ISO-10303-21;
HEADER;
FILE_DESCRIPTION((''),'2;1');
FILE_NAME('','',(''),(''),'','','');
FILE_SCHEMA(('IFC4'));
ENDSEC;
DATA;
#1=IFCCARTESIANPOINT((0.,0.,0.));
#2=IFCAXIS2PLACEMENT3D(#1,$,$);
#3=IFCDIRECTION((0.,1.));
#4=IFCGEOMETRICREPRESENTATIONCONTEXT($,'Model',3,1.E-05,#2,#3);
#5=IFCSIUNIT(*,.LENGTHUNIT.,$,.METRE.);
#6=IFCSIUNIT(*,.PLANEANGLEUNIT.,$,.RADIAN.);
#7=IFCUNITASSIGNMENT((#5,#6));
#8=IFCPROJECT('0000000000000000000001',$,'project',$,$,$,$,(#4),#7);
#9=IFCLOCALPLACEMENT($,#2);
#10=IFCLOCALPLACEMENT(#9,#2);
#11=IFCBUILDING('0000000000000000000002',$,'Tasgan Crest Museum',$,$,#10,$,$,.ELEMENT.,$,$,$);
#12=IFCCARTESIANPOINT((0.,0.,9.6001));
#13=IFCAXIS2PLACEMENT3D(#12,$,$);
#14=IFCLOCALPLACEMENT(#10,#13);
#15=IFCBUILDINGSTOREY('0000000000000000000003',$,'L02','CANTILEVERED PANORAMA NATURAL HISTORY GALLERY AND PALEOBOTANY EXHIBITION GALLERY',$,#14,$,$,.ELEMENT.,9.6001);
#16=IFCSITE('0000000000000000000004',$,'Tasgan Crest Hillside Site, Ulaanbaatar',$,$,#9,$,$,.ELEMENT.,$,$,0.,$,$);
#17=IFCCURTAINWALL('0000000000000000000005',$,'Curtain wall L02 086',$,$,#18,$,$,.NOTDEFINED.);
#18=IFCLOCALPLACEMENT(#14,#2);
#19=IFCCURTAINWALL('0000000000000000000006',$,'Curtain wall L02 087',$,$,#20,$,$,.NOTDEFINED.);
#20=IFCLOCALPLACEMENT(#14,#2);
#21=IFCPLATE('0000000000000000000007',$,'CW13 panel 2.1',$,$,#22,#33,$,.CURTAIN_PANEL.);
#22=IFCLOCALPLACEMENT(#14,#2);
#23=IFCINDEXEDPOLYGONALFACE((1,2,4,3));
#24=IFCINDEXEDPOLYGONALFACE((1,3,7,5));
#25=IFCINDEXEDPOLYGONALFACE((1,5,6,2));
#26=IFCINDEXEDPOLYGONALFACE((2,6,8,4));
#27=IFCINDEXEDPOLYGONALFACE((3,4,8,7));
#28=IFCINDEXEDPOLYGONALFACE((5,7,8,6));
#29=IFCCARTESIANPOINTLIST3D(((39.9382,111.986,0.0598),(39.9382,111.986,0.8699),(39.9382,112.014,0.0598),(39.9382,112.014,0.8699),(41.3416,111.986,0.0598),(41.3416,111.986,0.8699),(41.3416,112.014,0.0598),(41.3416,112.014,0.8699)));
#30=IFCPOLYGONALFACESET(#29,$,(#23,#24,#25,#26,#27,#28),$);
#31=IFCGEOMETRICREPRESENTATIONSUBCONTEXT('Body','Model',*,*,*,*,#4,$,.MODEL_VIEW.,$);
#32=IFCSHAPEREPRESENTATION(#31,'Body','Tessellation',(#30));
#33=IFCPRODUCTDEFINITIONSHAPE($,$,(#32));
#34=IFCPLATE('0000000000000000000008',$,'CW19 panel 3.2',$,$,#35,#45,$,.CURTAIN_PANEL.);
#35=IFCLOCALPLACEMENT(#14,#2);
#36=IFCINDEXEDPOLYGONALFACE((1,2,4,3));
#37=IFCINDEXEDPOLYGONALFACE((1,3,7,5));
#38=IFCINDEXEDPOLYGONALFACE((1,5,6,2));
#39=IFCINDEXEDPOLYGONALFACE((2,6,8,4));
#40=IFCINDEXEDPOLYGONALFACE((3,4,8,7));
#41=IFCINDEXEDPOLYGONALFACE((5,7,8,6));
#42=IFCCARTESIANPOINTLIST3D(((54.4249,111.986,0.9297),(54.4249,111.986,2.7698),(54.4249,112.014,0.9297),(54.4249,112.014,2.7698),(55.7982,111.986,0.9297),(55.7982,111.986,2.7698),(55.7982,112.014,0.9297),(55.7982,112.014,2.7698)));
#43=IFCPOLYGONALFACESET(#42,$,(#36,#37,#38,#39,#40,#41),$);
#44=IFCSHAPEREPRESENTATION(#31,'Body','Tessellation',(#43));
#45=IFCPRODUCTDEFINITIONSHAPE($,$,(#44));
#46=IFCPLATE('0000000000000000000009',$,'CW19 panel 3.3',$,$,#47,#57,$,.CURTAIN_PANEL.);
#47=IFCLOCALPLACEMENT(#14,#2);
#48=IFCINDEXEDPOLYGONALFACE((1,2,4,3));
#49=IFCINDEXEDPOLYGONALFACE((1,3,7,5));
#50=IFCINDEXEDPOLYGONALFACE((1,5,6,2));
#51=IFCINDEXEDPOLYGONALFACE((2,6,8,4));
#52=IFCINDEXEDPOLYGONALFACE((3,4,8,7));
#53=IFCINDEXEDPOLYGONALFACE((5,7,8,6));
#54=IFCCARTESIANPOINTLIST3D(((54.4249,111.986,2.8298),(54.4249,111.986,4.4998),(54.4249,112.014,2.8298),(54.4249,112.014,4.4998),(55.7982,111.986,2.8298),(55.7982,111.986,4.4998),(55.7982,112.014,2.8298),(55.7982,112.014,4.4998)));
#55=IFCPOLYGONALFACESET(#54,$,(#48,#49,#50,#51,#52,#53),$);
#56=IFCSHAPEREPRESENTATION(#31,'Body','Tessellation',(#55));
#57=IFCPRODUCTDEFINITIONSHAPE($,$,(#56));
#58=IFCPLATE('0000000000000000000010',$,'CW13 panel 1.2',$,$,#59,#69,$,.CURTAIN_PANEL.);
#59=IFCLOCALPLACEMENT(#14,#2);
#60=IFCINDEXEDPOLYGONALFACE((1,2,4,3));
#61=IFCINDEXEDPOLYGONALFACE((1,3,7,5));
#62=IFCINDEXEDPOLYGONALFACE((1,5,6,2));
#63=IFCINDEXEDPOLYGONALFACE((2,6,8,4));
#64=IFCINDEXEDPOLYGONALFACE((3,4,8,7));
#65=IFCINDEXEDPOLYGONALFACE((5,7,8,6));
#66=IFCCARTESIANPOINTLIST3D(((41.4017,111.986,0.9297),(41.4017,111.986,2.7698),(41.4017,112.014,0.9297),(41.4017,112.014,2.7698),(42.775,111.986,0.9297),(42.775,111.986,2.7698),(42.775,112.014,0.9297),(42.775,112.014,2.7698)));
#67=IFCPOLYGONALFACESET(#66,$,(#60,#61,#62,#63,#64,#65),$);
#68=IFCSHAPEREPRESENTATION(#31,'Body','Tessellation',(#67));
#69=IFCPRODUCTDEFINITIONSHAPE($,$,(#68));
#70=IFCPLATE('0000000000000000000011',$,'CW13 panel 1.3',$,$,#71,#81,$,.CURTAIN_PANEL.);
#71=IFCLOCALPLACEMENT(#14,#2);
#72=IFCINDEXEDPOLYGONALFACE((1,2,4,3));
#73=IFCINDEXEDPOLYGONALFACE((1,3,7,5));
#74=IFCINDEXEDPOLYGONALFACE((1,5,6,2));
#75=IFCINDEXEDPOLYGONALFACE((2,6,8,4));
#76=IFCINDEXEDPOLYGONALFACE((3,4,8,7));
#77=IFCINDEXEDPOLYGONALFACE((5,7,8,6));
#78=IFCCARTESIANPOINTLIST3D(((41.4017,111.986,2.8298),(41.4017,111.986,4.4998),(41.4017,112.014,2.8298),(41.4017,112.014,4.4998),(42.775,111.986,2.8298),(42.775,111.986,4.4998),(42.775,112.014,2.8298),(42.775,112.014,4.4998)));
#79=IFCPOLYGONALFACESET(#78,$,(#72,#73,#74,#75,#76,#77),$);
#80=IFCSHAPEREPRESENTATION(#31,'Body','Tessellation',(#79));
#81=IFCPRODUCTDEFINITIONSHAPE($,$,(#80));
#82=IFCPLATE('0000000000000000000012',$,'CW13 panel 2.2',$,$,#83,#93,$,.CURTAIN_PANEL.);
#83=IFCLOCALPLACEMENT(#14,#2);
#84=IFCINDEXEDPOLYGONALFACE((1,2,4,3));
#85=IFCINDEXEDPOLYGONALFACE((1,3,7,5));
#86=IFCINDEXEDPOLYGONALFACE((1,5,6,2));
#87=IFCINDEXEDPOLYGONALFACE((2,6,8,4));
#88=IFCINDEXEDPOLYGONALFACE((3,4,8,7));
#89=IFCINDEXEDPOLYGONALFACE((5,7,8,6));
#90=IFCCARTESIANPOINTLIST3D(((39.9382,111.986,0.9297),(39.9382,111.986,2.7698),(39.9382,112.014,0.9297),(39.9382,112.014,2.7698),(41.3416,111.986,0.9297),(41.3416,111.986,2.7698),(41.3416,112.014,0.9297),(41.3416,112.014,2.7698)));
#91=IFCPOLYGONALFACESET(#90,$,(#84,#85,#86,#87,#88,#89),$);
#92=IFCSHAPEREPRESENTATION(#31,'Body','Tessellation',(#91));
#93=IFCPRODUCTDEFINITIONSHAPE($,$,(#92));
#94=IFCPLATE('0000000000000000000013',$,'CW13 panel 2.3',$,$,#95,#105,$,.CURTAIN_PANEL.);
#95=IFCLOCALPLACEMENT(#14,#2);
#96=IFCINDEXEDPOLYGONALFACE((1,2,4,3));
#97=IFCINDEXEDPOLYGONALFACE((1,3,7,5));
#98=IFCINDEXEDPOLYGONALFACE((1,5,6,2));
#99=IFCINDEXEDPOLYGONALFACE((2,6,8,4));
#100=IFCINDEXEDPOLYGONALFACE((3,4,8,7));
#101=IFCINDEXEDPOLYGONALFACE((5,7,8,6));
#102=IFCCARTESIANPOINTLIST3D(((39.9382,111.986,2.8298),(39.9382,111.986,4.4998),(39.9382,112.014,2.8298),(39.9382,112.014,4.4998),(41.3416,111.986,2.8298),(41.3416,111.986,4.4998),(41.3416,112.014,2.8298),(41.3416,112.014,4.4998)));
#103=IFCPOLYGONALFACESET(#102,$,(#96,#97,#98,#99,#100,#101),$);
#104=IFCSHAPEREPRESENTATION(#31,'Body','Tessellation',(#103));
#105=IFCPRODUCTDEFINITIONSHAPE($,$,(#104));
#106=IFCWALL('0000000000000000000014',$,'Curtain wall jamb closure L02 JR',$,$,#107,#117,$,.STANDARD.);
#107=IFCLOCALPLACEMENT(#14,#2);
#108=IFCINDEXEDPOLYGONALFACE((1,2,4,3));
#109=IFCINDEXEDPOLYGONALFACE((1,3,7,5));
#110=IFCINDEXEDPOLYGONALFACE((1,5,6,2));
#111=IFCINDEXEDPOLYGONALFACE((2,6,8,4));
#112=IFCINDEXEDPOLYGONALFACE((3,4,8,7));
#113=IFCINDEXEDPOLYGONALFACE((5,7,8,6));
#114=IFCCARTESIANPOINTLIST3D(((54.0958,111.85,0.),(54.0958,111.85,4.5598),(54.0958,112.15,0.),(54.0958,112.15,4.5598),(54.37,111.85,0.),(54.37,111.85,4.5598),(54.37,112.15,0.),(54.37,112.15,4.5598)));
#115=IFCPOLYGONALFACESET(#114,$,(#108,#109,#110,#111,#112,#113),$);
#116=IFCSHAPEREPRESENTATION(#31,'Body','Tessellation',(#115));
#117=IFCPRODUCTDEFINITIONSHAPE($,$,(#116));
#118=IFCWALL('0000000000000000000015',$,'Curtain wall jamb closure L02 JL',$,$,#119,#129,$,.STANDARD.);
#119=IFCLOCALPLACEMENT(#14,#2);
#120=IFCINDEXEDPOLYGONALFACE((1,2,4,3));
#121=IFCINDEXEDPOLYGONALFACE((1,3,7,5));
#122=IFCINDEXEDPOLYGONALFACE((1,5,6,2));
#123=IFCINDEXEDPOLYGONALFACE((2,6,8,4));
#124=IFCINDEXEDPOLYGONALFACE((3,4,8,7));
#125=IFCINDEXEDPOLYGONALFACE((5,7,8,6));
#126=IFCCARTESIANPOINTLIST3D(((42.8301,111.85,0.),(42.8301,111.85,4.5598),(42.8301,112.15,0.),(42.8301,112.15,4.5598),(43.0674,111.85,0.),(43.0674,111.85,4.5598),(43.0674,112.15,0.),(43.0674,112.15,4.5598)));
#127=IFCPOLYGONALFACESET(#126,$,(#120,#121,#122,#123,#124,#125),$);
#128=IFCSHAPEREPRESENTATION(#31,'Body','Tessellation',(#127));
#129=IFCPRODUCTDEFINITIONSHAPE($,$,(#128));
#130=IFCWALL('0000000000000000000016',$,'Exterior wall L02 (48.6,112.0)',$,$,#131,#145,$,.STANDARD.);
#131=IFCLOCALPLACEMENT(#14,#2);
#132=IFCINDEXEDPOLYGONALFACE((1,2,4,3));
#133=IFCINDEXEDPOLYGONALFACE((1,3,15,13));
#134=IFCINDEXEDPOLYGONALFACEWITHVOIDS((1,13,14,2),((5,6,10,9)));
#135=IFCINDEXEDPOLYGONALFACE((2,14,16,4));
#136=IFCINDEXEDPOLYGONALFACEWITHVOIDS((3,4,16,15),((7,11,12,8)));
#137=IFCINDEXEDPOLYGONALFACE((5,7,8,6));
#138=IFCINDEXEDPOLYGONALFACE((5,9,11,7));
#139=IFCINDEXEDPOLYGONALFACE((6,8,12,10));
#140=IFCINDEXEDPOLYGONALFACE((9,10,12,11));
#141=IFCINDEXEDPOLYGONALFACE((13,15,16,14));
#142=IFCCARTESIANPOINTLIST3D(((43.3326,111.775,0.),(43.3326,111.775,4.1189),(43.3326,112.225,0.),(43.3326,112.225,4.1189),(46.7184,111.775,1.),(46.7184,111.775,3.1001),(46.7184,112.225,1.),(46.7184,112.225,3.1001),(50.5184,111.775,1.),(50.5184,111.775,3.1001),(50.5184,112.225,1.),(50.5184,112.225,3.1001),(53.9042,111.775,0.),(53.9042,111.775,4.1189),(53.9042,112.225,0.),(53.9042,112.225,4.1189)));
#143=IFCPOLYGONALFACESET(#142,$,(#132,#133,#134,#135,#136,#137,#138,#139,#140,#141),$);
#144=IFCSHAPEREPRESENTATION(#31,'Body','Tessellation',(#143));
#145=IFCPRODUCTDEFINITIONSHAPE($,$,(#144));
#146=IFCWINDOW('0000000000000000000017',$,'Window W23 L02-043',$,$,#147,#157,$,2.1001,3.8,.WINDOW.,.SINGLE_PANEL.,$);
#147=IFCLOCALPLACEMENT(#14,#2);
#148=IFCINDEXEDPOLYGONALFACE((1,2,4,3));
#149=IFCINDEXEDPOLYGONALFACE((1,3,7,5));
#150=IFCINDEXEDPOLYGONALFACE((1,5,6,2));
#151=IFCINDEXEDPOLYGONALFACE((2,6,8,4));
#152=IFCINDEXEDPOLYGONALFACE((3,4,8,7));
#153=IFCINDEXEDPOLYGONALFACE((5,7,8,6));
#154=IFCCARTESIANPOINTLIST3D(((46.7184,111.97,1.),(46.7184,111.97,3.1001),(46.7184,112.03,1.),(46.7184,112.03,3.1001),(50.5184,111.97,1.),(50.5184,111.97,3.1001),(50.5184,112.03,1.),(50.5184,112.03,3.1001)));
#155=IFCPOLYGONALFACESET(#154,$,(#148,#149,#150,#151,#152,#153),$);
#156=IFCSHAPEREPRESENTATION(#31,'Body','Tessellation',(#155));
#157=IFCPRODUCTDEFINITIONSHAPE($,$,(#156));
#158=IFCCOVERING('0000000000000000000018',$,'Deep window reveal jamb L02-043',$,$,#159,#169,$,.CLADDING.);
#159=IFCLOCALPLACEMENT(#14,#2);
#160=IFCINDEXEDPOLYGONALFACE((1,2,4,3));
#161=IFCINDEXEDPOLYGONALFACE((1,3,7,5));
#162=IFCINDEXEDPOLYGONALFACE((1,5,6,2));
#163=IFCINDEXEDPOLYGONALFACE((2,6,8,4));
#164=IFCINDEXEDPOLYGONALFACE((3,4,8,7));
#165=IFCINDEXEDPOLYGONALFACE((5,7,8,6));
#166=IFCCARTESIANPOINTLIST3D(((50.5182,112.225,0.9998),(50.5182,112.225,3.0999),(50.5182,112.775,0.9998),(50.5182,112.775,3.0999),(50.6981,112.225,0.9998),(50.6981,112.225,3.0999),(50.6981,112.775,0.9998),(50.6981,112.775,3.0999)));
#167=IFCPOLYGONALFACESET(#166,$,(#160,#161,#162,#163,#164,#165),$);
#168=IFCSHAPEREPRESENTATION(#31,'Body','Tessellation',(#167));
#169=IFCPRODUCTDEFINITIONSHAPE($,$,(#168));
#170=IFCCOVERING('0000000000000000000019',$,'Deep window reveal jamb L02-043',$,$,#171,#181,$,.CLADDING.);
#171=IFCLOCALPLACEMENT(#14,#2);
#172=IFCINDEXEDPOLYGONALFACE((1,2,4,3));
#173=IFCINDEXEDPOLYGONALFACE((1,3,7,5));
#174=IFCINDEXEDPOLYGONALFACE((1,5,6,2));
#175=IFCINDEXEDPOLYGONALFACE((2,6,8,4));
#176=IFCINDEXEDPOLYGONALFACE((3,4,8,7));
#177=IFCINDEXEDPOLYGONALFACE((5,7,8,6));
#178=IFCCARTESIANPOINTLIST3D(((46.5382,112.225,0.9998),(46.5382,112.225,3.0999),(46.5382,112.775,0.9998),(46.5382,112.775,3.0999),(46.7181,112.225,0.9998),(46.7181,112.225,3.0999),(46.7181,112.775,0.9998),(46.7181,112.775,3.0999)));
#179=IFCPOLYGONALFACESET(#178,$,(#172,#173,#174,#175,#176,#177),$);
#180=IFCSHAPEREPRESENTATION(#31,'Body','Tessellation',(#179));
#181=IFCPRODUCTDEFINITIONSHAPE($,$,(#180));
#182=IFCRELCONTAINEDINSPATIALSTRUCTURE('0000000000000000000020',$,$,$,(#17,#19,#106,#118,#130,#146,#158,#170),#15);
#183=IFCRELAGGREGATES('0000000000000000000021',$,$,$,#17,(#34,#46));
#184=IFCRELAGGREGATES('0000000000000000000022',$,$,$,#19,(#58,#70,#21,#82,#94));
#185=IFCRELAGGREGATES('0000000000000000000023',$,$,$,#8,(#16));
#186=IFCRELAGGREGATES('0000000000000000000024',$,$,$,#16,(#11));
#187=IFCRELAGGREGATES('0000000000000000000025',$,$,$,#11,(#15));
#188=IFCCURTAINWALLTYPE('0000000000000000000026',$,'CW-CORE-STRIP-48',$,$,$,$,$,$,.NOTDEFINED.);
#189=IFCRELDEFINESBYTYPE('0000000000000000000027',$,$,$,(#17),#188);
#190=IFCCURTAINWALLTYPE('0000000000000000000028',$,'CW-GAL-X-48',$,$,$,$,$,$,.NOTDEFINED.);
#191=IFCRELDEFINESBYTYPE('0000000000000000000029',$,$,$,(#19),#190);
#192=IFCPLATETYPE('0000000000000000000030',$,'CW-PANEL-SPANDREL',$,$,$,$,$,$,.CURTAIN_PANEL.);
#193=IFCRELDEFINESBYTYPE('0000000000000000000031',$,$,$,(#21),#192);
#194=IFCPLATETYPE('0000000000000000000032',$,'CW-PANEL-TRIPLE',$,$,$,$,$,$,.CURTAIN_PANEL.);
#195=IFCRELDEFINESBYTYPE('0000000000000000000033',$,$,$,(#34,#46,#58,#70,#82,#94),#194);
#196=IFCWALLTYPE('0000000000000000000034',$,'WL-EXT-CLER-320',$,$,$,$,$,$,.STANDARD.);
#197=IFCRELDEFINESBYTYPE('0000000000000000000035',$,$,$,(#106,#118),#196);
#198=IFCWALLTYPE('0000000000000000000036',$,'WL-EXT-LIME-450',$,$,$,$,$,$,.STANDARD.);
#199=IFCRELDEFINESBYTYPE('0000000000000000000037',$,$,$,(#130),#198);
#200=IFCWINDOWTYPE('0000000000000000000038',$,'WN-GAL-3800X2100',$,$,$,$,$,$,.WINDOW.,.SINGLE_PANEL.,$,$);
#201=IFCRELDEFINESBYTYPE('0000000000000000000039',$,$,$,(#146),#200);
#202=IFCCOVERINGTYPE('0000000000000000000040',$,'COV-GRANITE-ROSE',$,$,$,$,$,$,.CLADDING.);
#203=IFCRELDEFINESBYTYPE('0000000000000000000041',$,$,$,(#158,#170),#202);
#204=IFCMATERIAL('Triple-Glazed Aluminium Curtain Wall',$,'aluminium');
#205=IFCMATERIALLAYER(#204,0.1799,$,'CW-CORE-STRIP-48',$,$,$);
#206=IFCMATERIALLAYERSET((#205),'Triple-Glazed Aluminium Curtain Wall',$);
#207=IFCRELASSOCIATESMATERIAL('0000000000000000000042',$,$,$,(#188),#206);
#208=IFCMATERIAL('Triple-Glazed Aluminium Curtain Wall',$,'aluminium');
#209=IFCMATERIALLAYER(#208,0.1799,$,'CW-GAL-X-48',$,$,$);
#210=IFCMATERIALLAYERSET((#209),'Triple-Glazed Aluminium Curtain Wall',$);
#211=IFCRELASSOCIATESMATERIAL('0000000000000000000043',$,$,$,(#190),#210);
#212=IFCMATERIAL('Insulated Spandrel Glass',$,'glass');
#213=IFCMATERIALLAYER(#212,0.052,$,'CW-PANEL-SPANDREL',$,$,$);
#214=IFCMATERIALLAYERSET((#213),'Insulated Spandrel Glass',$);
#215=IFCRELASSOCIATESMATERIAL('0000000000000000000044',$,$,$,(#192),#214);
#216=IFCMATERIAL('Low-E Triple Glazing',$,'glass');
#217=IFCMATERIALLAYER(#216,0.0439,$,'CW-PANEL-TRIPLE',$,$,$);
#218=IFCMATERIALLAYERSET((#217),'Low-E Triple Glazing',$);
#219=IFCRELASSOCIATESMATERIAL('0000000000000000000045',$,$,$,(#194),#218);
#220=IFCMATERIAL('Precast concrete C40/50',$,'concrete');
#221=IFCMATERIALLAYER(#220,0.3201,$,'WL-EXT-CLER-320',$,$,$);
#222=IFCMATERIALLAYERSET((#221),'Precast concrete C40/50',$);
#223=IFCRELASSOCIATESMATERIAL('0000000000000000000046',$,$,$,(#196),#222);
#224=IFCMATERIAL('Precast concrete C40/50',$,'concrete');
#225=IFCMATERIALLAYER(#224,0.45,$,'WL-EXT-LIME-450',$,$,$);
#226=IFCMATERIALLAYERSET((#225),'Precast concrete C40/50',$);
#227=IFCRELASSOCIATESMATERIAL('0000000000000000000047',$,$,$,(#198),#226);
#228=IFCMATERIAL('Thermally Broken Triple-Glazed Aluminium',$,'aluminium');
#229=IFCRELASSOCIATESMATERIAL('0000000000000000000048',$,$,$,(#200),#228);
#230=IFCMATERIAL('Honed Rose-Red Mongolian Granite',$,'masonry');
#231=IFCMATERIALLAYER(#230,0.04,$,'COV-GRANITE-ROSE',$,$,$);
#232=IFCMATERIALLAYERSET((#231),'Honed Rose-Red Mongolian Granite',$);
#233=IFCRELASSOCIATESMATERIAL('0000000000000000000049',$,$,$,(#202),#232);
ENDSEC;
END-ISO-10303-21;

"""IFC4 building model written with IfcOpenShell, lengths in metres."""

from ifc_helpers import new_model, si_unit, direction, frame, frame_2d, origin, origin_2d, place, context, subcontext, project, spatial, rectangle, extrude, material, layer, layer_set, type_object, element, fill, aggregate, save


model = new_model("IFC4")

# Units and contexts
model_context = context("Model", 3, precision=1e-05, world=origin(), true_north=direction((0.0, 1.0)))
body_context = subcontext(model_context, "Body", "Model", "MODEL_VIEW")
ifc_project = project(units=[si_unit("LENGTHUNIT", "METRE"), si_unit("PLANEANGLEUNIT", "RADIAN")], contexts=[model_context])

# Site, building, storey
site_placement = place(None, origin())
site = spatial("IfcSite", under=ifc_project, at=site_placement, Name="Tasgan Crest Hillside Site, Ulaanbaatar", CompositionType="ELEMENT", RefElevation=0.0)
building_placement = place(site_placement, origin())
building = spatial("IfcBuilding", under=site, at=building_placement, Name="Tasgan Crest Museum", CompositionType="ELEMENT")
storey_placement = place(building_placement, frame((0.0, 0.0, 9.6001)))
storey = spatial("IfcBuildingStorey", under=building, at=storey_placement, Name="L02", Description="CANTILEVERED PANORAMA NATURAL HISTORY GALLERY AND PALEOBOTANY EXHIBITION GALLERY", CompositionType="ELEMENT", Elevation=9.6001)

# Curtain wall
ifc_material_1 = material(Name="Triple-Glazed Aluminium Curtain Wall", Category="aluminium")
ifc_layer_1 = layer(ifc_material_1, 0.1799, Name="CW-CORE-STRIP-48")
ifc_layer_set_1 = layer_set([ifc_layer_1], Name="Triple-Glazed Aluminium Curtain Wall")
curtain_wall_type_1 = type_object("IfcCurtainWallType", Name="CW-CORE-STRIP-48", PredefinedType="NOTDEFINED", material=ifc_layer_set_1)
curtain_wall_1_placement = place(storey_placement, origin())
curtain_wall_1 = element("IfcCurtainWall", 1, at=curtain_wall_1_placement, inside=storey, type_object=curtain_wall_type_1, Name="Curtain wall L02 086", PredefinedType="NOTDEFINED")

# Curtain wall
ifc_material_2 = material(Name="Triple-Glazed Aluminium Curtain Wall", Category="aluminium")
ifc_layer_2 = layer(ifc_material_2, 0.1799, Name="CW-GAL-X-48")
ifc_layer_set_2 = layer_set([ifc_layer_2], Name="Triple-Glazed Aluminium Curtain Wall")
curtain_wall_type_2 = type_object("IfcCurtainWallType", Name="CW-GAL-X-48", PredefinedType="NOTDEFINED", material=ifc_layer_set_2)
curtain_wall_2_placement = place(storey_placement, origin())
curtain_wall_2 = element("IfcCurtainWall", 2, at=curtain_wall_2_placement, inside=storey, type_object=curtain_wall_type_2, Name="Curtain wall L02 087", PredefinedType="NOTDEFINED")

# Plates
ifc_material_3 = material(Name="Insulated Spandrel Glass", Category="glass")
ifc_layer_3 = layer(ifc_material_3, 0.052, Name="CW-PANEL-SPANDREL")
ifc_layer_set_3 = layer_set([ifc_layer_3], Name="Insulated Spandrel Glass")
plate_type_1 = type_object("IfcPlateType", Name="CW-PANEL-SPANDREL", PredefinedType="CURTAIN_PANEL", material=ifc_layer_set_3)
plate_1_placement = place(storey_placement, frame((40.6399, 112.0, 0.0598), z_axis=(0.0, 0.0, 1.0), x_axis=(-1.0, 0.0, 0.0)))
plate_1 = element("IfcPlate", 3, at=plate_1_placement, type_object=plate_type_1, Name="CW13 panel 2.1", PredefinedType="CURTAIN_PANEL", context=body_context, shape_type="SweptSolid", body=[
    extrude(rectangle(XDim=1.4033, YDim=0.0281, at=origin_2d()), origin(), (0.0, 0.0, 1.0), 0.8101),
])
ifc_material_4 = material(Name="Low-E Triple Glazing", Category="glass")
ifc_layer_4 = layer(ifc_material_4, 0.0439, Name="CW-PANEL-TRIPLE")
ifc_layer_set_4 = layer_set([ifc_layer_4], Name="Low-E Triple Glazing")
plate_type_2 = type_object("IfcPlateType", Name="CW-PANEL-TRIPLE", PredefinedType="CURTAIN_PANEL", material=ifc_layer_set_4)
plate_2_placement = place(storey_placement, frame((55.1116, 112.0, 0.9297), z_axis=(0.0, 0.0, 1.0), x_axis=(-1.0, 0.0, 0.0)))
plate_2 = element("IfcPlate", 4, at=plate_2_placement, type_object=plate_type_2, Name="CW19 panel 3.2", PredefinedType="CURTAIN_PANEL", context=body_context, shape_type="SweptSolid", body=[
    extrude(rectangle(XDim=1.3733, YDim=0.0281, at=origin_2d()), origin(), (0.0, 0.0, 1.0), 1.8401),
])
plate_3_placement = place(storey_placement, frame((55.1116, 112.0, 2.8298), z_axis=(0.0, 0.0, 1.0), x_axis=(-1.0, 0.0, 0.0)))
plate_3 = element("IfcPlate", 5, at=plate_3_placement, type_object=plate_type_2, Name="CW19 panel 3.3", PredefinedType="CURTAIN_PANEL", context=body_context, shape_type="SweptSolid", body=[
    extrude(rectangle(XDim=1.3733, YDim=0.0281, at=origin_2d()), origin(), (0.0, 0.0, 1.0), 1.6699),
])
aggregate(curtain_wall_1, [plate_2, plate_3])
plate_4_placement = place(storey_placement, frame((42.0884, 112.0, 0.9297), z_axis=(0.0, 0.0, 1.0), x_axis=(-1.0, 0.0, 0.0)))
plate_4 = element("IfcPlate", 6, at=plate_4_placement, type_object=plate_type_2, Name="CW13 panel 1.2", PredefinedType="CURTAIN_PANEL", context=body_context, shape_type="SweptSolid", body=[
    extrude(rectangle(XDim=1.3733, YDim=0.0281, at=origin_2d()), origin(), (0.0, 0.0, 1.0), 1.8401),
])
plate_5_placement = place(storey_placement, frame((42.0884, 112.0, 2.8298), z_axis=(0.0, 0.0, 1.0), x_axis=(-1.0, 0.0, 0.0)))
plate_5 = element("IfcPlate", 7, at=plate_5_placement, type_object=plate_type_2, Name="CW13 panel 1.3", PredefinedType="CURTAIN_PANEL", context=body_context, shape_type="SweptSolid", body=[
    extrude(rectangle(XDim=1.3733, YDim=0.0281, at=origin_2d()), origin(), (0.0, 0.0, 1.0), 1.6699),
])
plate_6_placement = place(storey_placement, frame((40.6399, 112.0, 0.9297), z_axis=(0.0, 0.0, 1.0), x_axis=(-1.0, 0.0, 0.0)))
plate_6 = element("IfcPlate", 8, at=plate_6_placement, type_object=plate_type_2, Name="CW13 panel 2.2", PredefinedType="CURTAIN_PANEL", context=body_context, shape_type="SweptSolid", body=[
    extrude(rectangle(XDim=1.4033, YDim=0.0281, at=origin_2d()), origin(), (0.0, 0.0, 1.0), 1.8401),
])
plate_7_placement = place(storey_placement, frame((40.6399, 112.0, 2.8298), z_axis=(0.0, 0.0, 1.0), x_axis=(-1.0, 0.0, 0.0)))
plate_7 = element("IfcPlate", 9, at=plate_7_placement, type_object=plate_type_2, Name="CW13 panel 2.3", PredefinedType="CURTAIN_PANEL", context=body_context, shape_type="SweptSolid", body=[
    extrude(rectangle(XDim=1.4033, YDim=0.0281, at=origin_2d()), origin(), (0.0, 0.0, 1.0), 1.6699),
])
aggregate(curtain_wall_2, [plate_4, plate_5, plate_1, plate_6, plate_7])

# Walls
ifc_material_5 = material(Name="Precast concrete C40/50", Category="concrete")
ifc_layer_5 = layer(ifc_material_5, 0.3201, Name="WL-EXT-CLER-320")
ifc_layer_set_5 = layer_set([ifc_layer_5], Name="Precast concrete C40/50")
wall_type_1 = type_object("IfcWallType", Name="WL-EXT-CLER-320", PredefinedType="STANDARD", material=ifc_layer_set_5)
wall_1_placement = place(storey_placement, frame((54.3701, 112.0, 0.0), z_axis=(0.0, 0.0, 1.0), x_axis=(-1.0, 0.0, 0.0)))
element("IfcWall", 10, at=wall_1_placement, inside=storey, type_object=wall_type_1, Name="Curtain wall jamb closure L02 JR", PredefinedType="STANDARD", context=body_context, shape_type="SweptSolid", body=[
    extrude(rectangle(XDim=0.2742, YDim=0.3, at=frame_2d((0.1372, 0.0))), origin(), (0.0, 0.0, 1.0), 4.5598),
])
wall_2_placement = place(storey_placement, frame((43.0674, 112.0, 0.0), z_axis=(0.0, 0.0, 1.0), x_axis=(-1.0, 0.0, 0.0)))
element("IfcWall", 11, at=wall_2_placement, inside=storey, type_object=wall_type_1, Name="Curtain wall jamb closure L02 JL", PredefinedType="STANDARD", context=body_context, shape_type="SweptSolid", body=[
    extrude(rectangle(XDim=0.2373, YDim=0.3, at=frame_2d((0.1187, 0.0))), origin(), (0.0, 0.0, 1.0), 4.5598),
])

# Wall, opening, window
ifc_material_6 = material(Name="Precast concrete C40/50", Category="concrete")
ifc_layer_6 = layer(ifc_material_6, 0.45, Name="WL-EXT-LIME-450")
ifc_layer_set_6 = layer_set([ifc_layer_6], Name="Precast concrete C40/50")
wall_type_2 = type_object("IfcWallType", Name="WL-EXT-LIME-450", PredefinedType="STANDARD", material=ifc_layer_set_6)
wall_3_placement = place(storey_placement, frame((53.9041, 112.0, 0.0), z_axis=(0.0, 0.0, 1.0), x_axis=(-1.0, 0.0, 0.0)))
wall_3 = element("IfcWall", 12, at=wall_3_placement, inside=storey, type_object=wall_type_2, Name="Exterior wall L02 (48.6,112.0)", PredefinedType="STANDARD", context=body_context, shape_type="SweptSolid", body=[
    extrude(rectangle(XDim=10.5715, YDim=0.45, at=frame_2d((5.2856, 0.0))), origin(), (0.0, 0.0, 1.0), 4.1189),
])
opening_placement = place(wall_3_placement, frame((3.3857, 0.0, 1.0)))
opening = element("IfcOpeningElement", 13, at=opening_placement, cuts=wall_3, PredefinedType="OPENING", context=body_context, shape_type="SweptSolid", body=[
    extrude(rectangle(XDim=3.8, YDim=2.1001, at=frame_2d((1.8999, 1.05))), frame((0.0, 0.2349, 0.0), z_axis=(0.0, -1.0, 0.0), x_axis=(1.0, 0.0, 0.0)), (0.0, 0.0, 1.0), 0.47),
])
ifc_material_7 = material(Name="Thermally Broken Triple-Glazed Aluminium", Category="aluminium")
window_type = type_object("IfcWindowType", Name="WN-GAL-3800X2100", PartitioningType="SINGLE_PANEL", PredefinedType="WINDOW", material=ifc_material_7)
window_placement = place(opening_placement, origin())
window = element("IfcWindow", 14, at=window_placement, inside=storey, type_object=window_type, Name="Window W23 L02-043", OverallHeight=2.1001, OverallWidth=3.8, PartitioningType="SINGLE_PANEL", PredefinedType="WINDOW", context=body_context, shape_type="SweptSolid", body=[
    extrude(rectangle(XDim=3.8, YDim=2.1001, at=frame_2d((1.8999, 1.05))), frame((0.0, 0.03, 0.0), z_axis=(0.0, -1.0, 0.0), x_axis=(1.0, 0.0, 0.0)), (0.0, 0.0, 1.0), 0.0601),
])
fill(opening, window)

# Coverings
ifc_material_8 = material(Name="Honed Rose-Red Mongolian Granite", Category="masonry")
ifc_layer_7 = layer(ifc_material_8, 0.04, Name="COV-GRANITE-ROSE")
ifc_layer_set_7 = layer_set([ifc_layer_7], Name="Honed Rose-Red Mongolian Granite")
covering_type_1 = type_object("IfcCoveringType", Name="COV-GRANITE-ROSE", PredefinedType="CLADDING", material=ifc_layer_set_7)
for number, where, z_axis, x_axis, name in (
    (15, (50.6082, 112.5, 0.9998), (0.0, 0.0, 1.0), (-1.0, 0.0, 0.0), "Deep window reveal jamb L02-043"),
    (16, (46.6282, 112.5, 0.9998), (0.0, 0.0, 1.0), (-1.0, 0.0, 0.0), "Deep window reveal jamb L02-043"),
):
    element("IfcCovering", number, at=place(storey_placement, frame(where, z_axis=z_axis, x_axis=x_axis)), inside=storey, type_object=covering_type_1, Name=name, PredefinedType="CLADDING", context=body_context, shape_type="SweptSolid", body=[
        extrude(rectangle(XDim=0.1799, YDim=0.55, at=origin_2d()), origin(), (0.0, 0.0, 1.0), 2.1001),
    ])

save(model, "model.ifc")
